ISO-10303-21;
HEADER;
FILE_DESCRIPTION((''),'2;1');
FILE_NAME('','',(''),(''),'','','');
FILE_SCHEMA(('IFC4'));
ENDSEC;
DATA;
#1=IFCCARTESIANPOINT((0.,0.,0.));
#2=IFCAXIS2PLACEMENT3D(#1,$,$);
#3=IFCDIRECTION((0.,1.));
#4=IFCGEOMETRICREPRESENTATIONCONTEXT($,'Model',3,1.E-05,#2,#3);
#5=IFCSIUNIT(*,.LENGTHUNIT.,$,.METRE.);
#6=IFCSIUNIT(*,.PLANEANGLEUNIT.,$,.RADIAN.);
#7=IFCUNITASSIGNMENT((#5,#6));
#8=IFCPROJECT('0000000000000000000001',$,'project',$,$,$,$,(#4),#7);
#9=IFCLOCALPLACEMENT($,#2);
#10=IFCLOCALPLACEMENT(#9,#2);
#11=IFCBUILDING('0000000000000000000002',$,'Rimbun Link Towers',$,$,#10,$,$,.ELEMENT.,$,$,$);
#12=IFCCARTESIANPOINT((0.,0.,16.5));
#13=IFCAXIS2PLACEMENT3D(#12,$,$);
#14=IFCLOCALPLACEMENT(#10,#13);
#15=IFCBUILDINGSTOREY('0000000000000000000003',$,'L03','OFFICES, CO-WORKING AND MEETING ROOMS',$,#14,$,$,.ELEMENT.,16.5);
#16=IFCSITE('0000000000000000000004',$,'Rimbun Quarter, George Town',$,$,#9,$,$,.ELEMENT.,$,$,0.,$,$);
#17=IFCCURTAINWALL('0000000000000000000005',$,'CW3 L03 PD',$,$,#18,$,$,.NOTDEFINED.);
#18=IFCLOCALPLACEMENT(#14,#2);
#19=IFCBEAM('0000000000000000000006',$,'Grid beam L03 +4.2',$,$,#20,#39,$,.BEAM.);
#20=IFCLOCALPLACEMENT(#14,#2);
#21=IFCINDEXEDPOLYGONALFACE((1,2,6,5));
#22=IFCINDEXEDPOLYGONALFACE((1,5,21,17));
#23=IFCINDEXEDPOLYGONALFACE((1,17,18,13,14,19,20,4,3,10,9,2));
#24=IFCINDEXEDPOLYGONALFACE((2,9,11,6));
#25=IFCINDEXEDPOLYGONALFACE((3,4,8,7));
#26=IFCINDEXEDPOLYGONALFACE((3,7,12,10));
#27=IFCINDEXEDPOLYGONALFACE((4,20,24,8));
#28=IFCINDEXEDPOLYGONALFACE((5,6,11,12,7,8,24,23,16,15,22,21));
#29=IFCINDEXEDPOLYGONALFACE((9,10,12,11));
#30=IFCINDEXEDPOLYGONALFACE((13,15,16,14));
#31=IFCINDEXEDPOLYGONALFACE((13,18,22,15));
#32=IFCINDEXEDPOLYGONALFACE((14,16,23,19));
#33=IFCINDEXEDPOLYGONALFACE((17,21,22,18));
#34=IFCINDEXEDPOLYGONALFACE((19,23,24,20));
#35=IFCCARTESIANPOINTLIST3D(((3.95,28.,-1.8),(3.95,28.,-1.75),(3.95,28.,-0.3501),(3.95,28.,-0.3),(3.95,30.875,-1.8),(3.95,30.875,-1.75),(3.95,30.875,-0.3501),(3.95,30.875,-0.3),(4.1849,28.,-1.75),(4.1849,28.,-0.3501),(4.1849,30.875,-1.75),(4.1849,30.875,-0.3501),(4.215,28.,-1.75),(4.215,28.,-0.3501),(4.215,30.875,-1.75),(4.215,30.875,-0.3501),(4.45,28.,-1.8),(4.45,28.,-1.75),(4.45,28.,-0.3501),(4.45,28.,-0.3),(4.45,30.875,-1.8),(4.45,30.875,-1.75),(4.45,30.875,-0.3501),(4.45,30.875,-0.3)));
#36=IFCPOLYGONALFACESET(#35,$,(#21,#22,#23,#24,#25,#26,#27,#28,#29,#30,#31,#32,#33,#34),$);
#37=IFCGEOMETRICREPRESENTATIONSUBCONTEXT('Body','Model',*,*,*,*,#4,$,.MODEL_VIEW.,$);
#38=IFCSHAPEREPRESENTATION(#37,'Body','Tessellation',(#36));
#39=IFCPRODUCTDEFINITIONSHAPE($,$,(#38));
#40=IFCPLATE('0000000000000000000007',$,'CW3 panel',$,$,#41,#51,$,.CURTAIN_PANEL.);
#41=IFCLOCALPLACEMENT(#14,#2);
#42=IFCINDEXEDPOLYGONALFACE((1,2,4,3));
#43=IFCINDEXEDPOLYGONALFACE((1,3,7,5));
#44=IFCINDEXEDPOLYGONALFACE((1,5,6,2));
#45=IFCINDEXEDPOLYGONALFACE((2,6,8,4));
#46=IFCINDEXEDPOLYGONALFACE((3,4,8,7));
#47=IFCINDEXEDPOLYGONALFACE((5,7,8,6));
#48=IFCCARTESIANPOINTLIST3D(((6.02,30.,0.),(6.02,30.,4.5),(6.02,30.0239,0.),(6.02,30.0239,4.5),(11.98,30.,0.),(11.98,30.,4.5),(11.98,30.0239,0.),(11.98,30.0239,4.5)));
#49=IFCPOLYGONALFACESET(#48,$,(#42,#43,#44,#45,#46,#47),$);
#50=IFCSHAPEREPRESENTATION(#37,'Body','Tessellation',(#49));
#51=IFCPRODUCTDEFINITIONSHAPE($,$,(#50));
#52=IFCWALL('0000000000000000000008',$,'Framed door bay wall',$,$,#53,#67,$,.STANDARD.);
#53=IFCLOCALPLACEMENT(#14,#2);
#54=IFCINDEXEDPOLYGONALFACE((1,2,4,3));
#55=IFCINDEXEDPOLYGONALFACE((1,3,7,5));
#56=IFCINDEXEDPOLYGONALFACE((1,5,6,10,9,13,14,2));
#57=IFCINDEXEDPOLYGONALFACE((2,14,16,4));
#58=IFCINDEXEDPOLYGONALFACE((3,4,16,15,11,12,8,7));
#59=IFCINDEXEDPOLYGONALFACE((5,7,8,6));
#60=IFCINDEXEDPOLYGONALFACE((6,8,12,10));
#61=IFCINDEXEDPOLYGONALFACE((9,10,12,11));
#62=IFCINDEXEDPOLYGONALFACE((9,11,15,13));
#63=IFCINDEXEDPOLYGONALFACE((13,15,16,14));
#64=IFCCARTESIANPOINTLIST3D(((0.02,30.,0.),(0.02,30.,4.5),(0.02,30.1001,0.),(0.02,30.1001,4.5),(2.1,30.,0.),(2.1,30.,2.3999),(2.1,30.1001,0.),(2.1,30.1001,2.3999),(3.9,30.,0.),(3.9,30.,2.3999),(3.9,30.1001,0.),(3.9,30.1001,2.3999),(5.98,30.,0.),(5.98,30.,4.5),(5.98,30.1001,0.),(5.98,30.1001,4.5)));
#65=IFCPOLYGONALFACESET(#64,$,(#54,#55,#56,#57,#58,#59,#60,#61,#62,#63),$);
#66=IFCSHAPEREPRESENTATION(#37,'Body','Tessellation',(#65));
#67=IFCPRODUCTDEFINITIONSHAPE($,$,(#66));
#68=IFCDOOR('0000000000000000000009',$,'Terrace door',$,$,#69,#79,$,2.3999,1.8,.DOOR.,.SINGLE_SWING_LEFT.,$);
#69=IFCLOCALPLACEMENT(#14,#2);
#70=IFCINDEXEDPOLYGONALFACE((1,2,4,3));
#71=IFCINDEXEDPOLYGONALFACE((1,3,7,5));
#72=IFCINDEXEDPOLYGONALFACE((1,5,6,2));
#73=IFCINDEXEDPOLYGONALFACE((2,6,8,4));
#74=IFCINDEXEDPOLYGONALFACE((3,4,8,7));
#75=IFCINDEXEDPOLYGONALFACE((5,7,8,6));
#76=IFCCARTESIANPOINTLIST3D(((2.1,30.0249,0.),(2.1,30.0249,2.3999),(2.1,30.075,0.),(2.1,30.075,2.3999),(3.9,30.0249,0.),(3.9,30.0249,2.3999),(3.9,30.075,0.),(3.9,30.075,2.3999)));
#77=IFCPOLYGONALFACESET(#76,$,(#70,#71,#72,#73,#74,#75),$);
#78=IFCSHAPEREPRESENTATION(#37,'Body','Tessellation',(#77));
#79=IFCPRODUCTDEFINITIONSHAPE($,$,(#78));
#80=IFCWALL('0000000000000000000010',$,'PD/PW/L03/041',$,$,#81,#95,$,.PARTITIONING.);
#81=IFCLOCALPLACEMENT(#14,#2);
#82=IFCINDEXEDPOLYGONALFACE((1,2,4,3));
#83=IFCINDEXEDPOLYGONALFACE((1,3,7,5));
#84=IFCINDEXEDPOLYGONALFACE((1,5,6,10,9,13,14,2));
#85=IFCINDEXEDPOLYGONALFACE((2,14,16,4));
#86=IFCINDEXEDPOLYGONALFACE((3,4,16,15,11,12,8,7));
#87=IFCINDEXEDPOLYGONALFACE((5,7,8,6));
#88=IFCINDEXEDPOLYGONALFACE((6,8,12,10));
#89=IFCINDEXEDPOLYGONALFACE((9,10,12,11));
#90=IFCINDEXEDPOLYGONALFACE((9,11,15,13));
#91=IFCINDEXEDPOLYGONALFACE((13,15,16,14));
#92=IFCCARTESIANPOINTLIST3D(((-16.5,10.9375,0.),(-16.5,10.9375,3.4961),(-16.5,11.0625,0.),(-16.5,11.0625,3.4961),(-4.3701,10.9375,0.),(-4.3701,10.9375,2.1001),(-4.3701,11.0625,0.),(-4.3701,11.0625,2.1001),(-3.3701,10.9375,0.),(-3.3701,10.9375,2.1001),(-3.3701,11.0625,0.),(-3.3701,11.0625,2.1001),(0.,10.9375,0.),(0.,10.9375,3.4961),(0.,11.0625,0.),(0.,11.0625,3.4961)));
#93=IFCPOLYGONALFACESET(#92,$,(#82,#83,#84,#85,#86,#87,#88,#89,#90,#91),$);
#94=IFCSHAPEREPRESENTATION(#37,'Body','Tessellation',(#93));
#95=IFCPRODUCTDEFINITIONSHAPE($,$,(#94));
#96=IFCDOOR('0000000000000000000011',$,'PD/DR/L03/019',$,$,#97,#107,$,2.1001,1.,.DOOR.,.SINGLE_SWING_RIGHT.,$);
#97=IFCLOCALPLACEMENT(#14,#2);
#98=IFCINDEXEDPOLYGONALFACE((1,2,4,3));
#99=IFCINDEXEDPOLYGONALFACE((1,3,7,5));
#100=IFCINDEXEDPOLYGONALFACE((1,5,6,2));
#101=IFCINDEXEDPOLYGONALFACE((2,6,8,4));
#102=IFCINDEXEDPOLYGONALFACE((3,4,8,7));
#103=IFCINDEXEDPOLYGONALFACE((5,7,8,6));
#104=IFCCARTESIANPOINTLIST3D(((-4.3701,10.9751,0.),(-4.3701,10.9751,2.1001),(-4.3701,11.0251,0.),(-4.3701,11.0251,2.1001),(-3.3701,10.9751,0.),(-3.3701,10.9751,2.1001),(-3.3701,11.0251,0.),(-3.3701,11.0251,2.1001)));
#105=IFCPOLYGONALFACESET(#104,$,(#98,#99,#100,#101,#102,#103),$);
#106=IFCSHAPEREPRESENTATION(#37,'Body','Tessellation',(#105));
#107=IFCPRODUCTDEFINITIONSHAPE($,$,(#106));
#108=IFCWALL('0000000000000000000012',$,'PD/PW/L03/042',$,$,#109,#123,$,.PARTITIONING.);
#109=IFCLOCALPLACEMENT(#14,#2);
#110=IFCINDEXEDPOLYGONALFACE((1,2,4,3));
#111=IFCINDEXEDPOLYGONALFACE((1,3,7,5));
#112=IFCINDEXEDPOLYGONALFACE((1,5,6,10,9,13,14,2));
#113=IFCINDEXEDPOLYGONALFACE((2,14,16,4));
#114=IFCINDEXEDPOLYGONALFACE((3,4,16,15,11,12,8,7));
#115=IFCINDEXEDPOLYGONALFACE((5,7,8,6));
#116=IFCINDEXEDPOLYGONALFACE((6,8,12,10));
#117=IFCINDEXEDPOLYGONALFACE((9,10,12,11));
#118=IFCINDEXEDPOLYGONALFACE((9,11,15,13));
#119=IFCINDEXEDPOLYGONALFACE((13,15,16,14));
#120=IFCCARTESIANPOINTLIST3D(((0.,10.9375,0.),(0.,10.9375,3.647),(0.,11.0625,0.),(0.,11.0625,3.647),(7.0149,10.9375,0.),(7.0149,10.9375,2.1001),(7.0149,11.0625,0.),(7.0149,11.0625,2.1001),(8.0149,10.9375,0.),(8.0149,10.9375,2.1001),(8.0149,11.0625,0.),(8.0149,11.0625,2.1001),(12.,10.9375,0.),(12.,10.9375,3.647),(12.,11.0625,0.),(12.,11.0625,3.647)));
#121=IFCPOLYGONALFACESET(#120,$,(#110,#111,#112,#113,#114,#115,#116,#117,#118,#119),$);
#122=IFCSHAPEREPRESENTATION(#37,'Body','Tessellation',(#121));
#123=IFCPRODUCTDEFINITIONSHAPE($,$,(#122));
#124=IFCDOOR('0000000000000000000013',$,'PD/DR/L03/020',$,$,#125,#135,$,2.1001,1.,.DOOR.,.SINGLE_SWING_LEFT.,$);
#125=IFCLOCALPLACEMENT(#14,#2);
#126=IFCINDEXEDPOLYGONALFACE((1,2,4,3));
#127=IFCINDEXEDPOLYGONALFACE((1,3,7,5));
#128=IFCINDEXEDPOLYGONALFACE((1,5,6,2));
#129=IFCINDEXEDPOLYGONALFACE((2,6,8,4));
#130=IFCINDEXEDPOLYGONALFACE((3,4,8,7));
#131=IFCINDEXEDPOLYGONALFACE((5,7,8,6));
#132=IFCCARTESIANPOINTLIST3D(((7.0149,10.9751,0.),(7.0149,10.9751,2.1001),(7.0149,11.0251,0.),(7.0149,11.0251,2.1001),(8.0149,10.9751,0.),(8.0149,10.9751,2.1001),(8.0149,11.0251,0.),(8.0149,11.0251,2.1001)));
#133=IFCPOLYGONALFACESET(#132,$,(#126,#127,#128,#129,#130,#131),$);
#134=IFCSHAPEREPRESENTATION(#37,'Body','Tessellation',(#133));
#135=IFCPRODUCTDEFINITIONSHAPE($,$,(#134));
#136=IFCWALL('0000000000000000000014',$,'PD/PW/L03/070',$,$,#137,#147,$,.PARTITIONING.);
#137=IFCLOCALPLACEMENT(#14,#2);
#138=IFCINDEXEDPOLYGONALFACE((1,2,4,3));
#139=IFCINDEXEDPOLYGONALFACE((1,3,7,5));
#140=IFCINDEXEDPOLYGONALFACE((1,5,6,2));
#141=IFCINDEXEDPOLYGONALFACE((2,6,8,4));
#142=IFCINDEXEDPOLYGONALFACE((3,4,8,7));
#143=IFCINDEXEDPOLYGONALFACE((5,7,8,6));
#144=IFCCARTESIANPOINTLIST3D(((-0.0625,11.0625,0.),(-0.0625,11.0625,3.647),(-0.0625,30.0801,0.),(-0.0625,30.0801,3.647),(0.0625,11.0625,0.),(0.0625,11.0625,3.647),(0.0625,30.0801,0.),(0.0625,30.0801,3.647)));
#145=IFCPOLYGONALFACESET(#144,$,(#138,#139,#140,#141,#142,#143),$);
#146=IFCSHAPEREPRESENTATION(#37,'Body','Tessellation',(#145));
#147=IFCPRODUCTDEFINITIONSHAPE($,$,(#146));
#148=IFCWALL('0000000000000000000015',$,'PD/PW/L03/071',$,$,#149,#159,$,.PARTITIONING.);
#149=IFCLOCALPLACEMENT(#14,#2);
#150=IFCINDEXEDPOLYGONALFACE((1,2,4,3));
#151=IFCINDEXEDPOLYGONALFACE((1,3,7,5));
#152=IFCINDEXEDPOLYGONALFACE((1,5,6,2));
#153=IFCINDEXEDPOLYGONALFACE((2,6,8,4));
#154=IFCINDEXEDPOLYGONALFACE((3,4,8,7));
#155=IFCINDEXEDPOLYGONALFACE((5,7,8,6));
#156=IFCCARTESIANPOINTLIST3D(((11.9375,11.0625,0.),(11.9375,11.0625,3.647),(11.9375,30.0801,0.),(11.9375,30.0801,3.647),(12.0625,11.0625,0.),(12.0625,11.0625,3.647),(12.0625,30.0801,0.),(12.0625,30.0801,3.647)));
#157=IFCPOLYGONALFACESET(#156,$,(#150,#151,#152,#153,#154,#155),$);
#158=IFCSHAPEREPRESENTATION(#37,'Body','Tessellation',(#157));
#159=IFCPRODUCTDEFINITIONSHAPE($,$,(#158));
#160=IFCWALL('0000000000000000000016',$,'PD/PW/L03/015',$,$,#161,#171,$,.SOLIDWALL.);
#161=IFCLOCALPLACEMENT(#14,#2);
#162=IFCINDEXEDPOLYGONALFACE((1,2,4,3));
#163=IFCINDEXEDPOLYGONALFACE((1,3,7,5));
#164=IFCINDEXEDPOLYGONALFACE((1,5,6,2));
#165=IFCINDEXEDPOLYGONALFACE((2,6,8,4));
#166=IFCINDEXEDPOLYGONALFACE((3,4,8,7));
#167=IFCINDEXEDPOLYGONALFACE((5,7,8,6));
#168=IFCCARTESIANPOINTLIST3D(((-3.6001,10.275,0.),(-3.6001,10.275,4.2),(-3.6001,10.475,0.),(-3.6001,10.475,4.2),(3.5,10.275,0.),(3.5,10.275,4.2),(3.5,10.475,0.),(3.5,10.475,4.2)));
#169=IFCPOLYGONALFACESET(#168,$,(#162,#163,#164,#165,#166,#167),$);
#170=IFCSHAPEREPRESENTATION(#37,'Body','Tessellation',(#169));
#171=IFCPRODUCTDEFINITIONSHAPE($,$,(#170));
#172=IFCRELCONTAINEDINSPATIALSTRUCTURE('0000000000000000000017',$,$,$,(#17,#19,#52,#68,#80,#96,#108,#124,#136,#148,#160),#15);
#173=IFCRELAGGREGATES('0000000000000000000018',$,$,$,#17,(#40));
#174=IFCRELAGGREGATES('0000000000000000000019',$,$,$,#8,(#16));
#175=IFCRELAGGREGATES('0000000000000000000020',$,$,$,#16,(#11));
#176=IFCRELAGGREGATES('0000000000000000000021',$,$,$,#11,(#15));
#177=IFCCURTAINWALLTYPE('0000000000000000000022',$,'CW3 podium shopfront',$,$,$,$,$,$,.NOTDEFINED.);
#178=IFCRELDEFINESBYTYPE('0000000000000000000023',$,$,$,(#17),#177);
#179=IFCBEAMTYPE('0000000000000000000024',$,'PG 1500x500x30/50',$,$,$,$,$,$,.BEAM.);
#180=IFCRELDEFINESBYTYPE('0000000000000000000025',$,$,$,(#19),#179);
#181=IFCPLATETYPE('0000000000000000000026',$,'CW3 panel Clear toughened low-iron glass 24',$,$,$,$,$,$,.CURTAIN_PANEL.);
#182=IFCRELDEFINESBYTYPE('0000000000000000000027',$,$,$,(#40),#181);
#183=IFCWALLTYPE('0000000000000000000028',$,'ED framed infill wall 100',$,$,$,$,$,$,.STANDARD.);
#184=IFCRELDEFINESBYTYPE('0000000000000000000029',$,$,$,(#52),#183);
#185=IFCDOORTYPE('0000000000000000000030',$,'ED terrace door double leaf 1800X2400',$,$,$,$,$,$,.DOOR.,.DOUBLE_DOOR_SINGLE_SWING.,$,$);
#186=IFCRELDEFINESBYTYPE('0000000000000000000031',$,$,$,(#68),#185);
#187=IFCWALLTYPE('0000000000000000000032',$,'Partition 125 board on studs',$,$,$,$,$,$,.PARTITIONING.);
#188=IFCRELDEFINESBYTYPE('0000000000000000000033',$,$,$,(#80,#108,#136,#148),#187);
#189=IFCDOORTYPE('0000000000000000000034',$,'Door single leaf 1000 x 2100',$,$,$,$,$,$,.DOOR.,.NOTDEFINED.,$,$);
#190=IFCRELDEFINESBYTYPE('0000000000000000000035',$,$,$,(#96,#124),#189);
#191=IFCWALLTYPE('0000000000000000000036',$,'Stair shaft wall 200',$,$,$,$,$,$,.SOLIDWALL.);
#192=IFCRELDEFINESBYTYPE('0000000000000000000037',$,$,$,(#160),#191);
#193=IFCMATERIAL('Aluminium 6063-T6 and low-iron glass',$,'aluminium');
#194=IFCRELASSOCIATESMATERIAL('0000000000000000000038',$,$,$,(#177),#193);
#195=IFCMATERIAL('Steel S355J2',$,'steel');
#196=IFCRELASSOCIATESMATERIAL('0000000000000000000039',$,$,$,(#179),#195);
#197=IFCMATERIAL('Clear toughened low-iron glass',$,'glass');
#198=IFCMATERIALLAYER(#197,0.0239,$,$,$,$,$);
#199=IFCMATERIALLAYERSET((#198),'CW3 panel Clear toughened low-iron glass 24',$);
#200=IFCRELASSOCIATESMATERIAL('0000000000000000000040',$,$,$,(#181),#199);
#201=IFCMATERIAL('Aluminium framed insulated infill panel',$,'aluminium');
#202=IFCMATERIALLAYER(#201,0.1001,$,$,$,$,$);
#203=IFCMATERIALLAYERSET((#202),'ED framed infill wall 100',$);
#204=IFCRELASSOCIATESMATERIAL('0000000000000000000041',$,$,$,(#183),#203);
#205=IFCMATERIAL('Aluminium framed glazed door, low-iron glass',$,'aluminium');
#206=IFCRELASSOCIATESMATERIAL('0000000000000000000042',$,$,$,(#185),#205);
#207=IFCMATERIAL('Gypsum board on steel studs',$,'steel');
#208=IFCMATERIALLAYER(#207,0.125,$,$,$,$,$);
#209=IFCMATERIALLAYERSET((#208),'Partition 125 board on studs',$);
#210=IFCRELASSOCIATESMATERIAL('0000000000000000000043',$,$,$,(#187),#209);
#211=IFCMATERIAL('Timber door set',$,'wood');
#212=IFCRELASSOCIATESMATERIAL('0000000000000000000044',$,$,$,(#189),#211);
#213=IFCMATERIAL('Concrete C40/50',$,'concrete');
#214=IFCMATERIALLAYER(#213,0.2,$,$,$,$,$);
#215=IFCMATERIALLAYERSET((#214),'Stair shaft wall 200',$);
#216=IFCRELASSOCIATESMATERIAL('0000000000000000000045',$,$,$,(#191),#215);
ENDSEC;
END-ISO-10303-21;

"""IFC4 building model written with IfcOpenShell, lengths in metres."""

from ifc_helpers import new_model, si_unit, direction, frame, frame_2d, origin, origin_2d, place, context, subcontext, project, spatial, rectangle, i_section, extrude, material, layer, layer_set, material_profile, profile_set, type_object, element, fill, aggregate, save


model = new_model("IFC4")

# Units and contexts
model_context = context("Model", 3, precision=1e-05, world=origin(), true_north=direction((0.0, 1.0)))
body_context = subcontext(model_context, "Body", "Model", "MODEL_VIEW")
ifc_project = project(units=[si_unit("LENGTHUNIT", "METRE"), si_unit("PLANEANGLEUNIT", "RADIAN")], contexts=[model_context])

# Site, building, storey
site_placement = place(None, origin())
site = spatial("IfcSite", under=ifc_project, at=site_placement, Name="Rimbun Quarter, George Town", CompositionType="ELEMENT", RefElevation=0.0)
building_placement = place(site_placement, origin())
building = spatial("IfcBuilding", under=site, at=building_placement, Name="Rimbun Link Towers", CompositionType="ELEMENT")
storey_placement = place(building_placement, frame((0.0, 0.0, 16.5)))
storey = spatial("IfcBuildingStorey", under=building, at=storey_placement, Name="L03", Description="OFFICES, CO-WORKING AND MEETING ROOMS", CompositionType="ELEMENT", Elevation=16.5)

# Curtain wall
ifc_material_1 = material(Name="Aluminium 6063-T6 and low-iron glass", Category="aluminium")
curtain_wall_type = type_object("IfcCurtainWallType", Name="CW3 podium shopfront", PredefinedType="NOTDEFINED", material=ifc_material_1)
curtain_wall_placement = place(storey_placement, origin())
curtain_wall = element("IfcCurtainWall", 1, at=curtain_wall_placement, inside=storey, type_object=curtain_wall_type, Name="CW3 L03 PD", PredefinedType="NOTDEFINED")

# Beam
ifc_material_2 = material(Name="Steel S355J2", Category="steel")
ifc_material_profile_1 = material_profile(ifc_material_2, i_section(OverallWidth=0.5, OverallDepth=1.5, WebThickness=0.03, FlangeThickness=0.05, at=origin_2d()), Name="PG 1500x500x30/50")
ifc_profile_set_1 = profile_set([ifc_material_profile_1], Name="Steel S355J2")
beam_type = type_object("IfcBeamType", Name="PG 1500x500x30/50", PredefinedType="BEAM", material=ifc_profile_set_1)
beam_1_placement = place(storey_placement, frame((4.2, 28.0, -1.05), z_axis=(0.0, 1.0, 0.0), x_axis=(-1.0, 0.0, 0.0)))
element("IfcBeam", 2, at=beam_1_placement, inside=storey, type_object=beam_type, Name="Grid beam L03 +4.2", PredefinedType="BEAM", context=body_context, shape_type="SweptSolid", body=[
    extrude(i_section(OverallWidth=0.5, OverallDepth=1.5, WebThickness=0.03, FlangeThickness=0.05, at=origin_2d()), origin(), (0.0, 0.0, 1.0), 2.875),
])

# Plate
ifc_material_3 = material(Name="Clear toughened low-iron glass", Category="glass")
ifc_layer_1 = layer(ifc_material_3, 0.0239)
ifc_layer_set_1 = layer_set([ifc_layer_1], Name="CW3 panel Clear toughened low-iron glass 24")
plate_type = type_object("IfcPlateType", Name="CW3 panel Clear toughened low-iron glass 24", PredefinedType="CURTAIN_PANEL", material=ifc_layer_set_1)
plate_placement = place(storey_placement, frame((9.0, 30.012, 0.0), z_axis=(0.0, 0.0, 1.0), x_axis=(1.0, 0.0, 0.0)))
plate = element("IfcPlate", 3, at=plate_placement, type_object=plate_type, Name="CW3 panel", PredefinedType="CURTAIN_PANEL", context=body_context, shape_type="SweptSolid", body=[
    extrude(rectangle(XDim=5.96, YDim=0.0239, at=origin_2d()), origin(), (0.0, 0.0, 1.0), 4.5),
])
aggregate(curtain_wall, [plate])

# Walls, openings, doors
ifc_material_4 = material(Name="Aluminium framed insulated infill panel", Category="aluminium")
ifc_layer_2 = layer(ifc_material_4, 0.1001)
ifc_layer_set_2 = layer_set([ifc_layer_2], Name="ED framed infill wall 100")
wall_type_1 = type_object("IfcWallType", Name="ED framed infill wall 100", PredefinedType="STANDARD", material=ifc_layer_set_2)
wall_1_placement = place(storey_placement, frame((0.02, 30.05, 0.0), z_axis=(0.0, 0.0, 1.0), x_axis=(1.0, 0.0, 0.0)))
wall_1 = element("IfcWall", 4, at=wall_1_placement, inside=storey, type_object=wall_type_1, Name="Framed door bay wall", PredefinedType="STANDARD", context=body_context, shape_type="SweptSolid", body=[
    extrude(rectangle(XDim=5.96, YDim=0.1001, at=frame_2d((2.98, 0.0))), origin(), (0.0, 0.0, 1.0), 4.5),
])
opening_1_placement = place(wall_1_placement, frame((2.0801, 0.0, 0.0)))
opening_1 = element("IfcOpeningElement", 5, at=opening_1_placement, cuts=wall_1, PredefinedType="OPENING", context=body_context, shape_type="SweptSolid", body=[
    extrude(rectangle(XDim=1.8, YDim=2.3999, at=frame_2d((0.8999, 1.2))), frame((0.0, 0.0601, 0.0), z_axis=(0.0, -1.0, 0.0), x_axis=(1.0, 0.0, 0.0)), (0.0, 0.0, 1.0), 0.1201),
])
ifc_material_5 = material(Name="Aluminium framed glazed door, low-iron glass", Category="aluminium")
door_type_1 = type_object("IfcDoorType", Name="ED terrace door double leaf 1800X2400", OperationType="DOUBLE_DOOR_SINGLE_SWING", PredefinedType="DOOR", material=ifc_material_5)
door_1_placement = place(opening_1_placement, origin())
door_1 = element("IfcDoor", 6, at=door_1_placement, inside=storey, type_object=door_type_1, Name="Terrace door", OperationType="SINGLE_SWING_LEFT", OverallHeight=2.3999, OverallWidth=1.8, PredefinedType="DOOR", context=body_context, shape_type="SweptSolid", body=[
    extrude(rectangle(XDim=1.8, YDim=2.3999, at=frame_2d((0.8999, 1.2))), frame((0.0, 0.0249, 0.0), z_axis=(0.0, -1.0, 0.0), x_axis=(1.0, 0.0, 0.0)), (0.0, 0.0, 1.0), 0.05),
])
fill(opening_1, door_1)
ifc_material_6 = material(Name="Gypsum board on steel studs", Category="steel")
ifc_layer_3 = layer(ifc_material_6, 0.125)
ifc_layer_set_3 = layer_set([ifc_layer_3], Name="Partition 125 board on studs")
wall_type_2 = type_object("IfcWallType", Name="Partition 125 board on studs", PredefinedType="PARTITIONING", material=ifc_layer_set_3)
wall_2_placement = place(storey_placement, frame((0.0, 11.0, 0.0), z_axis=(0.0, 0.0, 1.0), x_axis=(-1.0, 0.0, 0.0)))
wall_2 = element("IfcWall", 7, at=wall_2_placement, inside=storey, type_object=wall_type_2, Name="PD/PW/L03/041", PredefinedType="PARTITIONING", context=body_context, shape_type="SweptSolid", body=[
    extrude(rectangle(XDim=16.5, YDim=0.125, at=frame_2d((8.25, 0.0))), origin(), (0.0, 0.0, 1.0), 3.4961),
])
opening_2_placement = place(wall_2_placement, frame((3.3701, 0.0, 0.0)))
opening_2 = element("IfcOpeningElement", 8, at=opening_2_placement, cuts=wall_2, PredefinedType="OPENING", context=body_context, shape_type="SweptSolid", body=[
    extrude(rectangle(XDim=1.0, YDim=2.1001, at=frame_2d((0.5, 1.05))), frame((0.0, 0.0725, 0.0), z_axis=(0.0, -1.0, 0.0), x_axis=(1.0, 0.0, 0.0)), (0.0, 0.0, 1.0), 0.145),
])
ifc_material_7 = material(Name="Timber door set", Category="wood")
door_type_2 = type_object("IfcDoorType", Name="Door single leaf 1000 x 2100", OperationType="NOTDEFINED", PredefinedType="DOOR", material=ifc_material_7)
door_2_placement = place(opening_2_placement, origin())
door_2 = element("IfcDoor", 9, at=door_2_placement, inside=storey, type_object=door_type_2, Name="PD/DR/L03/019", OperationType="SINGLE_SWING_RIGHT", OverallHeight=2.1001, OverallWidth=1.0, PredefinedType="DOOR", context=body_context, shape_type="SweptSolid", body=[
    extrude(rectangle(XDim=1.0, YDim=2.1001, at=frame_2d((0.5, 1.05))), frame((0.0, 0.0249, 0.0), z_axis=(0.0, -1.0, 0.0), x_axis=(1.0, 0.0, 0.0)), (0.0, 0.0, 1.0), 0.05),
])
fill(opening_2, door_2)
wall_3_placement = place(storey_placement, frame((12.0, 11.0, 0.0), z_axis=(0.0, 0.0, 1.0), x_axis=(-1.0, 0.0, 0.0)))
wall_3 = element("IfcWall", 10, at=wall_3_placement, inside=storey, type_object=wall_type_2, Name="PD/PW/L03/042", PredefinedType="PARTITIONING", context=body_context, shape_type="SweptSolid", body=[
    extrude(rectangle(XDim=12.0, YDim=0.125, at=frame_2d((6.0, 0.0))), origin(), (0.0, 0.0, 1.0), 3.647),
])
opening_3_placement = place(wall_3_placement, frame((3.9851, 0.0, 0.0)))
opening_3 = element("IfcOpeningElement", 11, at=opening_3_placement, cuts=wall_3, PredefinedType="OPENING", context=body_context, shape_type="SweptSolid", body=[
    extrude(rectangle(XDim=1.0, YDim=2.1001, at=frame_2d((0.5, 1.05))), frame((0.0, 0.0725, 0.0), z_axis=(0.0, -1.0, 0.0), x_axis=(1.0, 0.0, 0.0)), (0.0, 0.0, 1.0), 0.145),
])
door_3_placement = place(opening_3_placement, origin())
door_3 = element("IfcDoor", 12, at=door_3_placement, inside=storey, type_object=door_type_2, Name="PD/DR/L03/020", OperationType="SINGLE_SWING_LEFT", OverallHeight=2.1001, OverallWidth=1.0, PredefinedType="DOOR", context=body_context, shape_type="SweptSolid", body=[
    extrude(rectangle(XDim=1.0, YDim=2.1001, at=frame_2d((0.5, 1.05))), frame((0.0, 0.0249, 0.0), z_axis=(0.0, -1.0, 0.0), x_axis=(1.0, 0.0, 0.0)), (0.0, 0.0, 1.0), 0.05),
])
fill(opening_3, door_3)

# Walls
for number, where, z_axis, x_axis, name in (
    (13, (0.0, 11.0625, 0.0), (0.0, 0.0, 1.0), (0.0, 1.0, 0.0), "PD/PW/L03/070"),
    (14, (12.0, 11.0625, 0.0), (0.0, 0.0, 1.0), (0.0, 1.0, 0.0), "PD/PW/L03/071"),
):
    element("IfcWall", number, at=place(storey_placement, frame(where, z_axis=z_axis, x_axis=x_axis)), inside=storey, type_object=wall_type_2, Name=name, PredefinedType="PARTITIONING", context=body_context, shape_type="SweptSolid", body=[
        extrude(rectangle(XDim=19.0176, YDim=0.125, at=frame_2d((9.5088, 0.0))), origin(), (0.0, 0.0, 1.0), 3.647),
    ])
ifc_material_8 = material(Name="Concrete C40/50", Category="concrete")
ifc_layer_4 = layer(ifc_material_8, 0.2)
ifc_layer_set_4 = layer_set([ifc_layer_4], Name="Stair shaft wall 200")
wall_type_3 = type_object("IfcWallType", Name="Stair shaft wall 200", PredefinedType="SOLIDWALL", material=ifc_layer_set_4)
wall_4_placement = place(storey_placement, frame((3.5, 10.375, 0.0), z_axis=(0.0, 0.0, 1.0), x_axis=(-1.0, 0.0, 0.0)))
element("IfcWall", 15, at=wall_4_placement, inside=storey, type_object=wall_type_3, Name="PD/PW/L03/015", PredefinedType="SOLIDWALL", context=body_context, shape_type="SweptSolid", body=[
    extrude(rectangle(XDim=7.1001, YDim=0.2, at=frame_2d((3.55, 0.0))), origin(), (0.0, 0.0, 1.0), 4.2),
])

save(model, "model.ifc")
